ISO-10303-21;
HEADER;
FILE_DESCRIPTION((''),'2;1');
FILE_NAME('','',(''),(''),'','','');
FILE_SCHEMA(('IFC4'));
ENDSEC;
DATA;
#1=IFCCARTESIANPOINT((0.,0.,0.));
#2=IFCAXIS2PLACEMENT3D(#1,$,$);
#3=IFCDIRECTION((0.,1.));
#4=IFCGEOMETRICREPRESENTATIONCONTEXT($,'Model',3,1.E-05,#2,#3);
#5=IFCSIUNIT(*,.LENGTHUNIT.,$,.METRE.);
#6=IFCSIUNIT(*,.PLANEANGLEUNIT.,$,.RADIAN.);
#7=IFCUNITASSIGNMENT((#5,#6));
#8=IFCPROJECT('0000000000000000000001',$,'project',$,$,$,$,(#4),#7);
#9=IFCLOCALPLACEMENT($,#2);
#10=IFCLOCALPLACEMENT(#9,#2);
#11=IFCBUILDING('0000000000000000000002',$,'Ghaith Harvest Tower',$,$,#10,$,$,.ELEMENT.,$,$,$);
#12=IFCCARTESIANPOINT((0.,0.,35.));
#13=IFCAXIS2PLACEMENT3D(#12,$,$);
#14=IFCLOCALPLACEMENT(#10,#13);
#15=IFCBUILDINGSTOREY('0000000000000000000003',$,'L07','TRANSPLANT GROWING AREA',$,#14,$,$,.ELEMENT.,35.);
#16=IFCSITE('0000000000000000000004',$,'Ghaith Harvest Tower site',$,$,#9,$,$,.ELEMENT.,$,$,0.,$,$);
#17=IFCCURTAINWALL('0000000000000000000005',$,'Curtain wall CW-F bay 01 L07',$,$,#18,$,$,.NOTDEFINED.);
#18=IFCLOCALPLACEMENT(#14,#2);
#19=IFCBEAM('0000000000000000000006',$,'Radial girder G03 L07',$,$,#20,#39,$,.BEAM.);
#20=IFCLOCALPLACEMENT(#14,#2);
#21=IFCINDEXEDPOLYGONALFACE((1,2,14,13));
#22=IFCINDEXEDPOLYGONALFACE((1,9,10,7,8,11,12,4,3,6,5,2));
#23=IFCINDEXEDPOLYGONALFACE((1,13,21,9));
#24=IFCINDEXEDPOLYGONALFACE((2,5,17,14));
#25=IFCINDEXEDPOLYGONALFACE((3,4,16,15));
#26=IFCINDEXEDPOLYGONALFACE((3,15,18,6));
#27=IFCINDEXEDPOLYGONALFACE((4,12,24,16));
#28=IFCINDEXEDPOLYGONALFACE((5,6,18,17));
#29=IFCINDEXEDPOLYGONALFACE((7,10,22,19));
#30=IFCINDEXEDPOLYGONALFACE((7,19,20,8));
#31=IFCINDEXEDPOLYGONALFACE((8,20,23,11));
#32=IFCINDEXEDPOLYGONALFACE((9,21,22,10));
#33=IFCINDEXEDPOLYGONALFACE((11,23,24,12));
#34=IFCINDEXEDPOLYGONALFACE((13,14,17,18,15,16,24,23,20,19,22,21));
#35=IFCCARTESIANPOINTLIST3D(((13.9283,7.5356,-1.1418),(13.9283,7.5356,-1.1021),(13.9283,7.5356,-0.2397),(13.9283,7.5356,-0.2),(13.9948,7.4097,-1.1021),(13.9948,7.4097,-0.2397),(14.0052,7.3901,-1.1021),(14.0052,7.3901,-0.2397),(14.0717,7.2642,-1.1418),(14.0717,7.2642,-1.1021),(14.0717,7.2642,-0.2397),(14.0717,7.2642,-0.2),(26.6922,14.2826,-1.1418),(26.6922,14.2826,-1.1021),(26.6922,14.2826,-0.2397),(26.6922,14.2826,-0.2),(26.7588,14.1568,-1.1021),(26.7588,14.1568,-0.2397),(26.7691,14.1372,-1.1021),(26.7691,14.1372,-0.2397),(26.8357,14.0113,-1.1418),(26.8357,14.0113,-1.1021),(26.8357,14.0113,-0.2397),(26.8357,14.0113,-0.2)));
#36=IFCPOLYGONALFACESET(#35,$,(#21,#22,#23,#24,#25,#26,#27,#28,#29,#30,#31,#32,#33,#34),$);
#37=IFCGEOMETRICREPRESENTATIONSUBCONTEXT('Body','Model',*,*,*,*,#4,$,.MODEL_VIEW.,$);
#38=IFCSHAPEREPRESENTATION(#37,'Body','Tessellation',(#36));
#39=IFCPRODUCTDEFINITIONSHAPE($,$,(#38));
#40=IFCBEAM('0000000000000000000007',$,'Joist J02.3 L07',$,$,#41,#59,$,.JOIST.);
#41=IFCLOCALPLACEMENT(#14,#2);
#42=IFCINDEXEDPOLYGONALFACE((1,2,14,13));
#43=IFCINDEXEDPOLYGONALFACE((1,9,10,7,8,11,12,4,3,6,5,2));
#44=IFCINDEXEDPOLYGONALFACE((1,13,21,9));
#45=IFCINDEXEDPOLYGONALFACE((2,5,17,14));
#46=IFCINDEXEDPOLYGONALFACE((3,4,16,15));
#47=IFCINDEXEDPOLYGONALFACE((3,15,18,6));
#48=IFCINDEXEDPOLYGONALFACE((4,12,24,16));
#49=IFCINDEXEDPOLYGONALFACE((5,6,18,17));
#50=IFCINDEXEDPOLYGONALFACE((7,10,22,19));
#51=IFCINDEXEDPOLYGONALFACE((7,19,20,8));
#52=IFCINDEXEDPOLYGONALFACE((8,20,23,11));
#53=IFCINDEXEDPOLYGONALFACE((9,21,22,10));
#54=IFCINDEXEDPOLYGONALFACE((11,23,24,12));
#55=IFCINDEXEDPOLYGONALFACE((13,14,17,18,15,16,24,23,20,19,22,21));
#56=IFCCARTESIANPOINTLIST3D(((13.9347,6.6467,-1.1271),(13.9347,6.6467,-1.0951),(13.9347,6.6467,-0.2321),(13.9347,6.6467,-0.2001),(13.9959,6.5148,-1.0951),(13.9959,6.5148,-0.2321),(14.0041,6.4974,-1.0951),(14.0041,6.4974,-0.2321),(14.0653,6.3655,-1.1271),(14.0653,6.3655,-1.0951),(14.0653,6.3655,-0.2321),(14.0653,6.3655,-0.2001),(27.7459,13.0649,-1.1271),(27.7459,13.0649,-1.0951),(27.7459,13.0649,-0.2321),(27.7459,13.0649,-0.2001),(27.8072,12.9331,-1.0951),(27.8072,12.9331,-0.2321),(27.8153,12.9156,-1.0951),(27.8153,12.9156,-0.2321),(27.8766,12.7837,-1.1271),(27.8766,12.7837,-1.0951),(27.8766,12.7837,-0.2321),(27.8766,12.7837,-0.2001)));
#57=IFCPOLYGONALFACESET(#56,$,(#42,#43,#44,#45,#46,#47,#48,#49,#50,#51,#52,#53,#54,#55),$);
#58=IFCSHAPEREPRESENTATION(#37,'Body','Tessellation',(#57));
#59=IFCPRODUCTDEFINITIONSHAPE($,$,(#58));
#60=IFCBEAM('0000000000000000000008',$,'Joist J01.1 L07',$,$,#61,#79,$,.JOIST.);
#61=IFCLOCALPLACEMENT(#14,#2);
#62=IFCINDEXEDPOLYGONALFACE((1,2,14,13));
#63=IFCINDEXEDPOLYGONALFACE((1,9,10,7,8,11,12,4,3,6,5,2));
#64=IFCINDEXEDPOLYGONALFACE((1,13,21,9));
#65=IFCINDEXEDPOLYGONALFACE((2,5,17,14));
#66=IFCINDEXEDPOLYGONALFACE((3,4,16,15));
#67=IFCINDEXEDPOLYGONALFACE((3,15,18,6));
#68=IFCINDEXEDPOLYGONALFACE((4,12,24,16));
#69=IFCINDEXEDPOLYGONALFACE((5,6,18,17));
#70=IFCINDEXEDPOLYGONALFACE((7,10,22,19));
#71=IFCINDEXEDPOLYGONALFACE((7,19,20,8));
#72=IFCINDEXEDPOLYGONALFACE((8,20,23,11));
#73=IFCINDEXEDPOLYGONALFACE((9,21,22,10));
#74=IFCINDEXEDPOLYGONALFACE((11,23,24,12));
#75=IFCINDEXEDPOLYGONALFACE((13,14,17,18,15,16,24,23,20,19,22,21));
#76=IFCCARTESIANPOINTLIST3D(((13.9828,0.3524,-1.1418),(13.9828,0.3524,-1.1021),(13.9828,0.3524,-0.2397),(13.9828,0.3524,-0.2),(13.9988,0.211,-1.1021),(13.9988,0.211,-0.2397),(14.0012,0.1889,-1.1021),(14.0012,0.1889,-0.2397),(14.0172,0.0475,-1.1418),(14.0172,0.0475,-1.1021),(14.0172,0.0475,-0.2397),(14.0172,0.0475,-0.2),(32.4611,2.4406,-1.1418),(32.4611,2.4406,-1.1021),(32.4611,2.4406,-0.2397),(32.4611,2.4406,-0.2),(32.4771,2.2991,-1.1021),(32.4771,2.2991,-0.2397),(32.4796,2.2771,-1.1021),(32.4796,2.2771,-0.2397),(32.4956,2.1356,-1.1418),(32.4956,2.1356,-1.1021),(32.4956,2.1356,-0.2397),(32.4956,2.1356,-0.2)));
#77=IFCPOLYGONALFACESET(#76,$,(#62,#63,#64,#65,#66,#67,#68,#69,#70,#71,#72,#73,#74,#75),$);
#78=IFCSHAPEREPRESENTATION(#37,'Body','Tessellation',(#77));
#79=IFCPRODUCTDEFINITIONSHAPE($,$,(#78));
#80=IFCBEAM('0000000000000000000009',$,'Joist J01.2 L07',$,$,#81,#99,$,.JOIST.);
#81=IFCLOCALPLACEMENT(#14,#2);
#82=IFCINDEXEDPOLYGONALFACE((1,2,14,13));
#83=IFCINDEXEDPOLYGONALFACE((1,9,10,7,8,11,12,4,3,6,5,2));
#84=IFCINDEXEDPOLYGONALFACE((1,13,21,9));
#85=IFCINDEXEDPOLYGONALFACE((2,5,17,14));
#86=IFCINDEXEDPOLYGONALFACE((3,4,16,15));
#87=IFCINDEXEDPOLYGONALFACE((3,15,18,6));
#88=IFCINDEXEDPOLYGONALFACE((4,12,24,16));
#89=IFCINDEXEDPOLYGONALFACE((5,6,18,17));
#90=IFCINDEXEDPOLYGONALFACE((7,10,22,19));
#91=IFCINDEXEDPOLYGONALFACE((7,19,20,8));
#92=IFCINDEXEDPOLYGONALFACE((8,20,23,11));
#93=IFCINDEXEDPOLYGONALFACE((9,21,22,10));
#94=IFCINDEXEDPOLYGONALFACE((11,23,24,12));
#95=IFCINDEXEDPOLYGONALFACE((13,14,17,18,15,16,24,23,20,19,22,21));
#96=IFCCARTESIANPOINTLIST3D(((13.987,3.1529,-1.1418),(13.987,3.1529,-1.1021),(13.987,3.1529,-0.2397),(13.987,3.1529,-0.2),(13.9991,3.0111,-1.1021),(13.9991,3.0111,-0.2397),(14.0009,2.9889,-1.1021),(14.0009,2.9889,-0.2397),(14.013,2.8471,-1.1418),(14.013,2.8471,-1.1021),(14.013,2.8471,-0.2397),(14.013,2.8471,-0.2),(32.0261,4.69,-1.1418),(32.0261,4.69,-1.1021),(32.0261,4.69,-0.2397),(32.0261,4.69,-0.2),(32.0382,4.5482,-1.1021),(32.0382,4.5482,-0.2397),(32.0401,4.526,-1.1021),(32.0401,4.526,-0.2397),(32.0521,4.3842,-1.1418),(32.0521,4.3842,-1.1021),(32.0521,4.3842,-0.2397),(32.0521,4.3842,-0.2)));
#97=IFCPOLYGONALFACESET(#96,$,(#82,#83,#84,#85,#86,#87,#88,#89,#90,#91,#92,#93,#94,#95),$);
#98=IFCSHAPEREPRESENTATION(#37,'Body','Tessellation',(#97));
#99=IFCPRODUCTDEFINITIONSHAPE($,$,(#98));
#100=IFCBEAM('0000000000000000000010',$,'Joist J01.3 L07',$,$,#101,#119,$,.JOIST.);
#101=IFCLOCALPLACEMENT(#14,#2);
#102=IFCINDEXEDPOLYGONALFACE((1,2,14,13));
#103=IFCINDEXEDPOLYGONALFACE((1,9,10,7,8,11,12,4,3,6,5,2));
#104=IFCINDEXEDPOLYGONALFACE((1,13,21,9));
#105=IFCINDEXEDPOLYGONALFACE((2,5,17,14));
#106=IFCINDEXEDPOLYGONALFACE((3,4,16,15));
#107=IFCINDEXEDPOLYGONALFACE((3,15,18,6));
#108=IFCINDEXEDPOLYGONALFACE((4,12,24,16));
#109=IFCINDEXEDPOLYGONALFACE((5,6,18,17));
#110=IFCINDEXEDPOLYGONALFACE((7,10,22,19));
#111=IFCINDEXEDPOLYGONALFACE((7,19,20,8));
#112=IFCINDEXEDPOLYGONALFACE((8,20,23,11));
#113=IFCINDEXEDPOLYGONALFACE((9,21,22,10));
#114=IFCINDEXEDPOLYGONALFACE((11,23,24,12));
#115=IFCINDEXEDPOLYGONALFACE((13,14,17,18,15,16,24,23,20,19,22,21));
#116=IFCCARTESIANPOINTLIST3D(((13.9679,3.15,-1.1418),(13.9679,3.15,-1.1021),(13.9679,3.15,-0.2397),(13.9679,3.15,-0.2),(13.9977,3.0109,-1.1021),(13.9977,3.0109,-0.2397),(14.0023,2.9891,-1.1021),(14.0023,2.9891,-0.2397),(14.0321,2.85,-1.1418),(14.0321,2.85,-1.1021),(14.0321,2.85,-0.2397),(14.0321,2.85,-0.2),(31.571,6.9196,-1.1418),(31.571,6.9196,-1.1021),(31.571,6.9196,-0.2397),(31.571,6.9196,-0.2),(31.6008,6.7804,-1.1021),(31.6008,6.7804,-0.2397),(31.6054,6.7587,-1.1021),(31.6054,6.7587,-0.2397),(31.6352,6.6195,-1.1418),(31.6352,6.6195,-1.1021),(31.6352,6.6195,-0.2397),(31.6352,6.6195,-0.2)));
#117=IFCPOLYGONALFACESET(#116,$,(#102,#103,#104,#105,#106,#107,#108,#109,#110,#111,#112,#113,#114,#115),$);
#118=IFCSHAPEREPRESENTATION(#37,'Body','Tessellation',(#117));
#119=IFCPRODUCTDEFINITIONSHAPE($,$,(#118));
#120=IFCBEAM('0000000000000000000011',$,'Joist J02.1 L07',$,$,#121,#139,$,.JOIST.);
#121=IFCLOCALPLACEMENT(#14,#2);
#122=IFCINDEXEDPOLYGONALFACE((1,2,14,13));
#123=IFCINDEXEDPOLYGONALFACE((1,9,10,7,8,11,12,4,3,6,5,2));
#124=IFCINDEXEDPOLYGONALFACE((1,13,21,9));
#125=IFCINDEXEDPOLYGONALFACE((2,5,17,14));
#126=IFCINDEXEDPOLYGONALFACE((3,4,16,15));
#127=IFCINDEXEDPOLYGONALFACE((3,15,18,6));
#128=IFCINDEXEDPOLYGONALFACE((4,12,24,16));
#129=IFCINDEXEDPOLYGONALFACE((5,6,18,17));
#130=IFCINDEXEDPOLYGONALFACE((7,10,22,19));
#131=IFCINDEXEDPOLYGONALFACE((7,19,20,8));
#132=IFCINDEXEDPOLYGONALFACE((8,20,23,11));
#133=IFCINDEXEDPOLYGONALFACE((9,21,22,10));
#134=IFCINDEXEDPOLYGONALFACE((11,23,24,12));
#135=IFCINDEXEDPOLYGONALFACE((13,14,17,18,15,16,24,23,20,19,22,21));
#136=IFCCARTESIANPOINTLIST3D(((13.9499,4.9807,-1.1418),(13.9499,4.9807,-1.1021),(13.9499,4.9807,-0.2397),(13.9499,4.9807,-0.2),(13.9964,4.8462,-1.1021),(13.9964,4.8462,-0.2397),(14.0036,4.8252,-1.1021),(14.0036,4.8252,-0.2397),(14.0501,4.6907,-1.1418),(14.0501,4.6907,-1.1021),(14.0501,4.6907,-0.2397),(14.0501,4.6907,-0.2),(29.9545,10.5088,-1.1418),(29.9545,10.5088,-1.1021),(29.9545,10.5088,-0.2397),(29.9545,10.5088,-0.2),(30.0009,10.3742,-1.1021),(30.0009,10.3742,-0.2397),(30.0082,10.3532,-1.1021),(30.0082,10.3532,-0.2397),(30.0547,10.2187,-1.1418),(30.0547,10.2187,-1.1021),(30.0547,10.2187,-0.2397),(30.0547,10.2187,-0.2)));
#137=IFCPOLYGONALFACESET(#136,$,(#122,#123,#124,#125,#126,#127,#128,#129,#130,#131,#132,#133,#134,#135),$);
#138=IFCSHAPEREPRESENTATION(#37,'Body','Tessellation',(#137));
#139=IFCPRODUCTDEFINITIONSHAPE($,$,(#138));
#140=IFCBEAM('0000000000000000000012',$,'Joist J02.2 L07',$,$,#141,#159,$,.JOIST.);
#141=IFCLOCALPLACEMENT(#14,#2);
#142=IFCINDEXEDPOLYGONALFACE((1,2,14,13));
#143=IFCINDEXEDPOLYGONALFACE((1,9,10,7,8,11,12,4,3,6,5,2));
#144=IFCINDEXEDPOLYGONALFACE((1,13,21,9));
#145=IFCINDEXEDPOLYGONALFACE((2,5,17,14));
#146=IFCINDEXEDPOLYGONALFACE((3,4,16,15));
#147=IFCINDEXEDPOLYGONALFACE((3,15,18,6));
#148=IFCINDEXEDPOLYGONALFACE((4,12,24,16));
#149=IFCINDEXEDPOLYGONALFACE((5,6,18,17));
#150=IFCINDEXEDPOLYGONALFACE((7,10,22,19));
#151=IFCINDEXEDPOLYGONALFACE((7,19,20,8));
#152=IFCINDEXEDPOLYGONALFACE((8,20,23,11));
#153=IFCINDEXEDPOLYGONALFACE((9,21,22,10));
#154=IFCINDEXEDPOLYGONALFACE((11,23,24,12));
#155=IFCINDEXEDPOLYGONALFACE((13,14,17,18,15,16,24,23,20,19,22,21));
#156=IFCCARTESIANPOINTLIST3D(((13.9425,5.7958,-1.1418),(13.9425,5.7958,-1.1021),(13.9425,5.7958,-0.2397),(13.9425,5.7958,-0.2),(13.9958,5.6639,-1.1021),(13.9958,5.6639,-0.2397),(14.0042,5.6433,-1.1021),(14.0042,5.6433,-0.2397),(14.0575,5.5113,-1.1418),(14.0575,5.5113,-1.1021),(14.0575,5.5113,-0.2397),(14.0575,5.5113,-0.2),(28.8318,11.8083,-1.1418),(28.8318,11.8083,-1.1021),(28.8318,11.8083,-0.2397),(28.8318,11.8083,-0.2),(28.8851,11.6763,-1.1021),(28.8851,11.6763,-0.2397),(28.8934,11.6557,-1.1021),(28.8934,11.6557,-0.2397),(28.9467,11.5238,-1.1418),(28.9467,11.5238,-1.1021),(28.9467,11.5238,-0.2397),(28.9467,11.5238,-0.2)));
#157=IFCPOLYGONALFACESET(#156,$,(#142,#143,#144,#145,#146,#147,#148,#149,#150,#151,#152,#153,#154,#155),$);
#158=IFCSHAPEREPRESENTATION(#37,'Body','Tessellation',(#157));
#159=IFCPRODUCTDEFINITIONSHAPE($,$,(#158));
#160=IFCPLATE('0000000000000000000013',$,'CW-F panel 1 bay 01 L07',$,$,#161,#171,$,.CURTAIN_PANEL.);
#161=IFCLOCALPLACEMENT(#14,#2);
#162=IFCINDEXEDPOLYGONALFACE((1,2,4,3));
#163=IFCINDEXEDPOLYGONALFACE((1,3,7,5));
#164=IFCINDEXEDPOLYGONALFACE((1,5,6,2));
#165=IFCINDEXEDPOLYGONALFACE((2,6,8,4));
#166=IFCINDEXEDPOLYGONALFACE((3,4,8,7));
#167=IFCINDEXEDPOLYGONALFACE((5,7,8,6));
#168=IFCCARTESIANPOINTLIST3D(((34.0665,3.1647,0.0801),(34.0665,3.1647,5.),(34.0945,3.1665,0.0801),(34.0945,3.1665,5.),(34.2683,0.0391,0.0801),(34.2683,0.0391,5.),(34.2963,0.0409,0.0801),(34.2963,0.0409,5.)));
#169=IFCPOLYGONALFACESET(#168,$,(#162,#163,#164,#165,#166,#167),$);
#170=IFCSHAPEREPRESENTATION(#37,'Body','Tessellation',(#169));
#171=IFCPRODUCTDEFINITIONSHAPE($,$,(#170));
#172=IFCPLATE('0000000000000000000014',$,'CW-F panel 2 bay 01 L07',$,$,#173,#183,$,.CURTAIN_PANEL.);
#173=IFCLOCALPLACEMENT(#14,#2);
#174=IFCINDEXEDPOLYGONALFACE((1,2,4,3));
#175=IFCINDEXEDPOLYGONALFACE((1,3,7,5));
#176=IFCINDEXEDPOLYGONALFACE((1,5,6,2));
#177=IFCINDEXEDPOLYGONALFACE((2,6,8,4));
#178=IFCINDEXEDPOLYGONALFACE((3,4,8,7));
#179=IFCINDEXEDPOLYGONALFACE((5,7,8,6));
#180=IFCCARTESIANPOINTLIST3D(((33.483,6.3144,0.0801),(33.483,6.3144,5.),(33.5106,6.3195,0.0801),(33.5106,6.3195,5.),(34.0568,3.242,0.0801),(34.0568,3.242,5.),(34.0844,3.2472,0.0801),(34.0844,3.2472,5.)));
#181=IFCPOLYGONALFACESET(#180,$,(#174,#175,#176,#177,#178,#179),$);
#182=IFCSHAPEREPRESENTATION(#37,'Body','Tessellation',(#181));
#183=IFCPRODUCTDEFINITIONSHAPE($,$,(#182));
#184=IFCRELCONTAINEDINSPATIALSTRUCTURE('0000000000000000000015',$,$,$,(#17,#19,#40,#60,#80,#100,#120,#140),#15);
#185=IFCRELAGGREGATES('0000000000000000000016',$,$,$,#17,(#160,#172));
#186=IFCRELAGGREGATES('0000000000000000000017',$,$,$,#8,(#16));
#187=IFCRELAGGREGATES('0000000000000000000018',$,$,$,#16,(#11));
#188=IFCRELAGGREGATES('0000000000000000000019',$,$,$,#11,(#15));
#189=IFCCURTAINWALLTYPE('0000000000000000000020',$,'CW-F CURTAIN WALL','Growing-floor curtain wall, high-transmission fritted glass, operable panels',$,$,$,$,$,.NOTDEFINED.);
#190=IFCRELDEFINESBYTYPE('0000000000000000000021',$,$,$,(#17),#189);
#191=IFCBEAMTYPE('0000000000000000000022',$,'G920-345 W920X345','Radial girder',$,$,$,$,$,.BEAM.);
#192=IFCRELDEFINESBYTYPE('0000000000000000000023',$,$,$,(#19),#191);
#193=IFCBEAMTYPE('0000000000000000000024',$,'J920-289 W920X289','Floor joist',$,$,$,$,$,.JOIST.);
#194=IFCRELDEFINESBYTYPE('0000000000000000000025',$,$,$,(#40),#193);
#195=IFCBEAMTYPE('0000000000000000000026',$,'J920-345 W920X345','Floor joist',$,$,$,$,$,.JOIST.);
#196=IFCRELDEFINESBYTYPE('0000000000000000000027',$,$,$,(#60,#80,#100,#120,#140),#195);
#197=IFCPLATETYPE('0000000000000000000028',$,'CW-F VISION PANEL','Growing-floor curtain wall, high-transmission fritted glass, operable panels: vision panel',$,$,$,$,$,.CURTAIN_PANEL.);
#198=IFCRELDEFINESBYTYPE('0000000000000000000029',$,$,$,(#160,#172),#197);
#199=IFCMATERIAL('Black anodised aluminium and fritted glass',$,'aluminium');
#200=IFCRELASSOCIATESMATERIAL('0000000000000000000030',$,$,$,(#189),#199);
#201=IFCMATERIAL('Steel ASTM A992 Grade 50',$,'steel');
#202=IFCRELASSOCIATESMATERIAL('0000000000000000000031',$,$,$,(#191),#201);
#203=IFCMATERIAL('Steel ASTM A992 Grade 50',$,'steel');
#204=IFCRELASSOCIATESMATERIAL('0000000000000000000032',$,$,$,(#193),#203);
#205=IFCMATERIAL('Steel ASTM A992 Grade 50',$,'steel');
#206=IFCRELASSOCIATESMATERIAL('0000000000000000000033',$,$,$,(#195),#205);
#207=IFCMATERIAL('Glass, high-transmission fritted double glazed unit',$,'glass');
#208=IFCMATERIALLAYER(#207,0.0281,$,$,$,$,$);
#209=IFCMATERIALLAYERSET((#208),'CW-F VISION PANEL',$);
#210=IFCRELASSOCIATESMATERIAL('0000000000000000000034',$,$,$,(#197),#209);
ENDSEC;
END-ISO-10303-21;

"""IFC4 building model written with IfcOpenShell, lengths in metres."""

from ifc_helpers import new_model, si_unit, direction, frame, origin, origin_2d, place, context, subcontext, project, spatial, rectangle, i_section, extrude, material, layer, layer_set, material_profile, profile_set, type_object, element, aggregate, save


model = new_model("IFC4")

# Units and contexts
model_context = context("Model", 3, precision=1e-05, world=origin(), true_north=direction((0.0, 1.0)))
body_context = subcontext(model_context, "Body", "Model", "MODEL_VIEW")
ifc_project = project(units=[si_unit("LENGTHUNIT", "METRE"), si_unit("PLANEANGLEUNIT", "RADIAN")], contexts=[model_context])

# Site, building, storey
site_placement = place(None, origin())
site = spatial("IfcSite", under=ifc_project, at=site_placement, Name="Ghaith Harvest Tower site", CompositionType="ELEMENT", RefElevation=0.0)
building_placement = place(site_placement, origin())
building = spatial("IfcBuilding", under=site, at=building_placement, Name="Ghaith Harvest Tower", CompositionType="ELEMENT")
storey_placement = place(building_placement, frame((0.0, 0.0, 35.0)))
storey = spatial("IfcBuildingStorey", under=building, at=storey_placement, Name="L07", Description="TRANSPLANT GROWING AREA", CompositionType="ELEMENT", Elevation=35.0)

# Curtain wall
ifc_material_1 = material(Name="Black anodised aluminium and fritted glass", Category="aluminium")
curtain_wall_type = type_object("IfcCurtainWallType", Name="CW-F CURTAIN WALL", Description="Growing-floor curtain wall, high-transmission fritted glass, operable panels", PredefinedType="NOTDEFINED", material=ifc_material_1)
curtain_wall_placement = place(storey_placement, origin())
curtain_wall = element("IfcCurtainWall", 1, at=curtain_wall_placement, inside=storey, type_object=curtain_wall_type, Name="Curtain wall CW-F bay 01 L07", PredefinedType="NOTDEFINED")

# Beams
ifc_material_2 = material(Name="Steel ASTM A992 Grade 50", Category="steel")
ifc_material_profile_1 = material_profile(ifc_material_2, i_section(OverallWidth=0.3069, OverallDepth=0.9419, WebThickness=0.0222, FlangeThickness=0.0398, at=origin_2d()), Name="W920X345")
ifc_profile_set_1 = profile_set([ifc_material_profile_1], Name="Steel ASTM A992 Grade 50")
beam_type_1 = type_object("IfcBeamType", Name="G920-345 W920X345", Description="Radial girder", PredefinedType="BEAM", material=ifc_profile_set_1)
beam_1_placement = place(storey_placement, frame((14.0, 7.3999, -0.6709), z_axis=(0.884083, 0.467331, 0.0), x_axis=(-0.467331, 0.884083, 0.0)))
element("IfcBeam", 2, at=beam_1_placement, inside=storey, type_object=beam_type_1, Name="Radial girder G03 L07", PredefinedType="BEAM", context=body_context, shape_type="SweptSolid", body=[
    extrude(i_section(OverallWidth=0.3069, OverallDepth=0.9419, WebThickness=0.0222, FlangeThickness=0.0398, at=origin_2d()), origin(), (0.0, 0.0, 1.0), 14.4375),
])
ifc_material_3 = material(Name="Steel ASTM A992 Grade 50", Category="steel")
ifc_material_profile_2 = material_profile(ifc_material_3, i_section(OverallWidth=0.3101, OverallDepth=0.927, WebThickness=0.0193, FlangeThickness=0.032, at=origin_2d()), Name="W920X289")
ifc_profile_set_2 = profile_set([ifc_material_profile_2], Name="Steel ASTM A992 Grade 50")
beam_type_2 = type_object("IfcBeamType", Name="J920-289 W920X289", Description="Floor joist", PredefinedType="JOIST", material=ifc_profile_set_2)
beam_2_placement = place(storey_placement, frame((14.0, 6.5061, -0.6636), z_axis=(0.906863, 0.421426, 0.0), x_axis=(-0.421426, 0.906863, 0.0)))
element("IfcBeam", 3, at=beam_2_placement, inside=storey, type_object=beam_type_2, Name="Joist J02.3 L07", PredefinedType="JOIST", context=body_context, shape_type="SweptSolid", body=[
    extrude(i_section(OverallWidth=0.3101, OverallDepth=0.927, WebThickness=0.0193, FlangeThickness=0.032, at=origin_2d()), origin(), (0.0, 0.0, 1.0), 15.2297),
])
ifc_material_4 = material(Name="Steel ASTM A992 Grade 50", Category="steel")
ifc_material_profile_3 = material_profile(ifc_material_4, i_section(OverallWidth=0.3069, OverallDepth=0.9419, WebThickness=0.0222, FlangeThickness=0.0398, at=origin_2d()), Name="W920X345")
ifc_profile_set_3 = profile_set([ifc_material_profile_3], Name="Steel ASTM A992 Grade 50")
beam_type_3 = type_object("IfcBeamType", Name="J920-345 W920X345", Description="Floor joist", PredefinedType="JOIST", material=ifc_profile_set_3)
beam_3_placement = place(storey_placement, frame((14.0, 0.2, -0.6709), z_axis=(0.993675, 0.11229, 0.0), x_axis=(-0.11229, 0.993675, 0.0)))
element("IfcBeam", 4, at=beam_3_placement, inside=storey, type_object=beam_type_3, Name="Joist J01.1 L07", PredefinedType="JOIST", context=body_context, shape_type="SweptSolid", body=[
    extrude(i_section(OverallWidth=0.3069, OverallDepth=0.9419, WebThickness=0.0222, FlangeThickness=0.0398, at=origin_2d()), origin(), (0.0, 0.0, 1.0), 18.5959),
])
beam_4_placement = place(storey_placement, frame((14.0, 3.0, -0.6709), z_axis=(0.996389, 0.084902, 0.0), x_axis=(-0.084902, 0.996389, 0.0)))
element("IfcBeam", 5, at=beam_4_placement, inside=storey, type_object=beam_type_3, Name="Joist J01.2 L07", PredefinedType="JOIST", context=body_context, shape_type="SweptSolid", body=[
    extrude(i_section(OverallWidth=0.3069, OverallDepth=0.9419, WebThickness=0.0222, FlangeThickness=0.0398, at=origin_2d()), origin(), (0.0, 0.0, 1.0), 18.1045),
])
beam_5_placement = place(storey_placement, frame((14.0, 3.0, -0.6709), z_axis=(0.977831, 0.209394, 0.0), x_axis=(-0.209394, 0.977831, 0.0)))
element("IfcBeam", 6, at=beam_5_placement, inside=storey, type_object=beam_type_3, Name="Joist J01.3 L07", PredefinedType="JOIST", context=body_context, shape_type="SweptSolid", body=[
    extrude(i_section(OverallWidth=0.3069, OverallDepth=0.9419, WebThickness=0.0222, FlangeThickness=0.0398, at=origin_2d()), origin(), (0.0, 0.0, 1.0), 18.0022),
])
beam_6_placement = place(storey_placement, frame((14.0, 4.8357, -0.6709), z_axis=(0.945205, 0.326478, 0.0), x_axis=(-0.326478, 0.945205, 0.0)))
element("IfcBeam", 7, at=beam_6_placement, inside=storey, type_object=beam_type_3, Name="Joist J02.1 L07", PredefinedType="JOIST", context=body_context, shape_type="SweptSolid", body=[
    extrude(i_section(OverallWidth=0.3069, OverallDepth=0.9419, WebThickness=0.0222, FlangeThickness=0.0398, at=origin_2d()), origin(), (0.0, 0.0, 1.0), 16.9324),
])
beam_7_placement = place(storey_placement, frame((14.0, 5.6536, -0.6709), z_axis=(0.927252, 0.374437, 0.0), x_axis=(-0.374437, 0.927252, 0.0)))
element("IfcBeam", 8, at=beam_7_placement, inside=storey, type_object=beam_type_3, Name="Joist J02.2 L07", PredefinedType="JOIST", context=body_context, shape_type="SweptSolid", body=[
    extrude(i_section(OverallWidth=0.3069, OverallDepth=0.9419, WebThickness=0.0222, FlangeThickness=0.0398, at=origin_2d()), origin(), (0.0, 0.0, 1.0), 16.0574),
])

# Plates
ifc_material_5 = material(Name="Glass, high-transmission fritted double glazed unit", Category="glass")
ifc_layer_1 = layer(ifc_material_5, 0.0281)
ifc_layer_set_1 = layer_set([ifc_layer_1], Name="CW-F VISION PANEL")
plate_type = type_object("IfcPlateType", Name="CW-F VISION PANEL", Description="Growing-floor curtain wall, high-transmission fritted glass, operable panels: vision panel", PredefinedType="CURTAIN_PANEL", material=ifc_layer_set_1)
plate_1_placement = place(storey_placement, frame((34.1814, 1.6028, 0.0801), z_axis=(0.0, 0.0, 1.0), x_axis=(-0.064446, 0.997921, 0.0)))
plate_1 = element("IfcPlate", 9, at=plate_1_placement, type_object=plate_type, Name="CW-F panel 1 bay 01 L07", PredefinedType="CURTAIN_PANEL", context=body_context, shape_type="SweptSolid", body=[
    extrude(rectangle(XDim=3.1321, YDim=0.0281, at=origin_2d()), origin(), (0.0, 0.0, 1.0), 4.9199),
])
plate_2_placement = place(storey_placement, frame((33.7837, 4.7808, 0.0801), z_axis=(0.0, 0.0, 1.0), x_axis=(-0.183569, 0.983007, 0.0)))
plate_2 = element("IfcPlate", 10, at=plate_2_placement, type_object=plate_type, Name="CW-F panel 2 bay 01 L07", PredefinedType="CURTAIN_PANEL", context=body_context, shape_type="SweptSolid", body=[
    extrude(rectangle(XDim=3.1255, YDim=0.0281, at=origin_2d()), origin(), (0.0, 0.0, 1.0), 4.9199),
])
aggregate(curtain_wall, [plate_1, plate_2])

save(model, "model.ifc")
